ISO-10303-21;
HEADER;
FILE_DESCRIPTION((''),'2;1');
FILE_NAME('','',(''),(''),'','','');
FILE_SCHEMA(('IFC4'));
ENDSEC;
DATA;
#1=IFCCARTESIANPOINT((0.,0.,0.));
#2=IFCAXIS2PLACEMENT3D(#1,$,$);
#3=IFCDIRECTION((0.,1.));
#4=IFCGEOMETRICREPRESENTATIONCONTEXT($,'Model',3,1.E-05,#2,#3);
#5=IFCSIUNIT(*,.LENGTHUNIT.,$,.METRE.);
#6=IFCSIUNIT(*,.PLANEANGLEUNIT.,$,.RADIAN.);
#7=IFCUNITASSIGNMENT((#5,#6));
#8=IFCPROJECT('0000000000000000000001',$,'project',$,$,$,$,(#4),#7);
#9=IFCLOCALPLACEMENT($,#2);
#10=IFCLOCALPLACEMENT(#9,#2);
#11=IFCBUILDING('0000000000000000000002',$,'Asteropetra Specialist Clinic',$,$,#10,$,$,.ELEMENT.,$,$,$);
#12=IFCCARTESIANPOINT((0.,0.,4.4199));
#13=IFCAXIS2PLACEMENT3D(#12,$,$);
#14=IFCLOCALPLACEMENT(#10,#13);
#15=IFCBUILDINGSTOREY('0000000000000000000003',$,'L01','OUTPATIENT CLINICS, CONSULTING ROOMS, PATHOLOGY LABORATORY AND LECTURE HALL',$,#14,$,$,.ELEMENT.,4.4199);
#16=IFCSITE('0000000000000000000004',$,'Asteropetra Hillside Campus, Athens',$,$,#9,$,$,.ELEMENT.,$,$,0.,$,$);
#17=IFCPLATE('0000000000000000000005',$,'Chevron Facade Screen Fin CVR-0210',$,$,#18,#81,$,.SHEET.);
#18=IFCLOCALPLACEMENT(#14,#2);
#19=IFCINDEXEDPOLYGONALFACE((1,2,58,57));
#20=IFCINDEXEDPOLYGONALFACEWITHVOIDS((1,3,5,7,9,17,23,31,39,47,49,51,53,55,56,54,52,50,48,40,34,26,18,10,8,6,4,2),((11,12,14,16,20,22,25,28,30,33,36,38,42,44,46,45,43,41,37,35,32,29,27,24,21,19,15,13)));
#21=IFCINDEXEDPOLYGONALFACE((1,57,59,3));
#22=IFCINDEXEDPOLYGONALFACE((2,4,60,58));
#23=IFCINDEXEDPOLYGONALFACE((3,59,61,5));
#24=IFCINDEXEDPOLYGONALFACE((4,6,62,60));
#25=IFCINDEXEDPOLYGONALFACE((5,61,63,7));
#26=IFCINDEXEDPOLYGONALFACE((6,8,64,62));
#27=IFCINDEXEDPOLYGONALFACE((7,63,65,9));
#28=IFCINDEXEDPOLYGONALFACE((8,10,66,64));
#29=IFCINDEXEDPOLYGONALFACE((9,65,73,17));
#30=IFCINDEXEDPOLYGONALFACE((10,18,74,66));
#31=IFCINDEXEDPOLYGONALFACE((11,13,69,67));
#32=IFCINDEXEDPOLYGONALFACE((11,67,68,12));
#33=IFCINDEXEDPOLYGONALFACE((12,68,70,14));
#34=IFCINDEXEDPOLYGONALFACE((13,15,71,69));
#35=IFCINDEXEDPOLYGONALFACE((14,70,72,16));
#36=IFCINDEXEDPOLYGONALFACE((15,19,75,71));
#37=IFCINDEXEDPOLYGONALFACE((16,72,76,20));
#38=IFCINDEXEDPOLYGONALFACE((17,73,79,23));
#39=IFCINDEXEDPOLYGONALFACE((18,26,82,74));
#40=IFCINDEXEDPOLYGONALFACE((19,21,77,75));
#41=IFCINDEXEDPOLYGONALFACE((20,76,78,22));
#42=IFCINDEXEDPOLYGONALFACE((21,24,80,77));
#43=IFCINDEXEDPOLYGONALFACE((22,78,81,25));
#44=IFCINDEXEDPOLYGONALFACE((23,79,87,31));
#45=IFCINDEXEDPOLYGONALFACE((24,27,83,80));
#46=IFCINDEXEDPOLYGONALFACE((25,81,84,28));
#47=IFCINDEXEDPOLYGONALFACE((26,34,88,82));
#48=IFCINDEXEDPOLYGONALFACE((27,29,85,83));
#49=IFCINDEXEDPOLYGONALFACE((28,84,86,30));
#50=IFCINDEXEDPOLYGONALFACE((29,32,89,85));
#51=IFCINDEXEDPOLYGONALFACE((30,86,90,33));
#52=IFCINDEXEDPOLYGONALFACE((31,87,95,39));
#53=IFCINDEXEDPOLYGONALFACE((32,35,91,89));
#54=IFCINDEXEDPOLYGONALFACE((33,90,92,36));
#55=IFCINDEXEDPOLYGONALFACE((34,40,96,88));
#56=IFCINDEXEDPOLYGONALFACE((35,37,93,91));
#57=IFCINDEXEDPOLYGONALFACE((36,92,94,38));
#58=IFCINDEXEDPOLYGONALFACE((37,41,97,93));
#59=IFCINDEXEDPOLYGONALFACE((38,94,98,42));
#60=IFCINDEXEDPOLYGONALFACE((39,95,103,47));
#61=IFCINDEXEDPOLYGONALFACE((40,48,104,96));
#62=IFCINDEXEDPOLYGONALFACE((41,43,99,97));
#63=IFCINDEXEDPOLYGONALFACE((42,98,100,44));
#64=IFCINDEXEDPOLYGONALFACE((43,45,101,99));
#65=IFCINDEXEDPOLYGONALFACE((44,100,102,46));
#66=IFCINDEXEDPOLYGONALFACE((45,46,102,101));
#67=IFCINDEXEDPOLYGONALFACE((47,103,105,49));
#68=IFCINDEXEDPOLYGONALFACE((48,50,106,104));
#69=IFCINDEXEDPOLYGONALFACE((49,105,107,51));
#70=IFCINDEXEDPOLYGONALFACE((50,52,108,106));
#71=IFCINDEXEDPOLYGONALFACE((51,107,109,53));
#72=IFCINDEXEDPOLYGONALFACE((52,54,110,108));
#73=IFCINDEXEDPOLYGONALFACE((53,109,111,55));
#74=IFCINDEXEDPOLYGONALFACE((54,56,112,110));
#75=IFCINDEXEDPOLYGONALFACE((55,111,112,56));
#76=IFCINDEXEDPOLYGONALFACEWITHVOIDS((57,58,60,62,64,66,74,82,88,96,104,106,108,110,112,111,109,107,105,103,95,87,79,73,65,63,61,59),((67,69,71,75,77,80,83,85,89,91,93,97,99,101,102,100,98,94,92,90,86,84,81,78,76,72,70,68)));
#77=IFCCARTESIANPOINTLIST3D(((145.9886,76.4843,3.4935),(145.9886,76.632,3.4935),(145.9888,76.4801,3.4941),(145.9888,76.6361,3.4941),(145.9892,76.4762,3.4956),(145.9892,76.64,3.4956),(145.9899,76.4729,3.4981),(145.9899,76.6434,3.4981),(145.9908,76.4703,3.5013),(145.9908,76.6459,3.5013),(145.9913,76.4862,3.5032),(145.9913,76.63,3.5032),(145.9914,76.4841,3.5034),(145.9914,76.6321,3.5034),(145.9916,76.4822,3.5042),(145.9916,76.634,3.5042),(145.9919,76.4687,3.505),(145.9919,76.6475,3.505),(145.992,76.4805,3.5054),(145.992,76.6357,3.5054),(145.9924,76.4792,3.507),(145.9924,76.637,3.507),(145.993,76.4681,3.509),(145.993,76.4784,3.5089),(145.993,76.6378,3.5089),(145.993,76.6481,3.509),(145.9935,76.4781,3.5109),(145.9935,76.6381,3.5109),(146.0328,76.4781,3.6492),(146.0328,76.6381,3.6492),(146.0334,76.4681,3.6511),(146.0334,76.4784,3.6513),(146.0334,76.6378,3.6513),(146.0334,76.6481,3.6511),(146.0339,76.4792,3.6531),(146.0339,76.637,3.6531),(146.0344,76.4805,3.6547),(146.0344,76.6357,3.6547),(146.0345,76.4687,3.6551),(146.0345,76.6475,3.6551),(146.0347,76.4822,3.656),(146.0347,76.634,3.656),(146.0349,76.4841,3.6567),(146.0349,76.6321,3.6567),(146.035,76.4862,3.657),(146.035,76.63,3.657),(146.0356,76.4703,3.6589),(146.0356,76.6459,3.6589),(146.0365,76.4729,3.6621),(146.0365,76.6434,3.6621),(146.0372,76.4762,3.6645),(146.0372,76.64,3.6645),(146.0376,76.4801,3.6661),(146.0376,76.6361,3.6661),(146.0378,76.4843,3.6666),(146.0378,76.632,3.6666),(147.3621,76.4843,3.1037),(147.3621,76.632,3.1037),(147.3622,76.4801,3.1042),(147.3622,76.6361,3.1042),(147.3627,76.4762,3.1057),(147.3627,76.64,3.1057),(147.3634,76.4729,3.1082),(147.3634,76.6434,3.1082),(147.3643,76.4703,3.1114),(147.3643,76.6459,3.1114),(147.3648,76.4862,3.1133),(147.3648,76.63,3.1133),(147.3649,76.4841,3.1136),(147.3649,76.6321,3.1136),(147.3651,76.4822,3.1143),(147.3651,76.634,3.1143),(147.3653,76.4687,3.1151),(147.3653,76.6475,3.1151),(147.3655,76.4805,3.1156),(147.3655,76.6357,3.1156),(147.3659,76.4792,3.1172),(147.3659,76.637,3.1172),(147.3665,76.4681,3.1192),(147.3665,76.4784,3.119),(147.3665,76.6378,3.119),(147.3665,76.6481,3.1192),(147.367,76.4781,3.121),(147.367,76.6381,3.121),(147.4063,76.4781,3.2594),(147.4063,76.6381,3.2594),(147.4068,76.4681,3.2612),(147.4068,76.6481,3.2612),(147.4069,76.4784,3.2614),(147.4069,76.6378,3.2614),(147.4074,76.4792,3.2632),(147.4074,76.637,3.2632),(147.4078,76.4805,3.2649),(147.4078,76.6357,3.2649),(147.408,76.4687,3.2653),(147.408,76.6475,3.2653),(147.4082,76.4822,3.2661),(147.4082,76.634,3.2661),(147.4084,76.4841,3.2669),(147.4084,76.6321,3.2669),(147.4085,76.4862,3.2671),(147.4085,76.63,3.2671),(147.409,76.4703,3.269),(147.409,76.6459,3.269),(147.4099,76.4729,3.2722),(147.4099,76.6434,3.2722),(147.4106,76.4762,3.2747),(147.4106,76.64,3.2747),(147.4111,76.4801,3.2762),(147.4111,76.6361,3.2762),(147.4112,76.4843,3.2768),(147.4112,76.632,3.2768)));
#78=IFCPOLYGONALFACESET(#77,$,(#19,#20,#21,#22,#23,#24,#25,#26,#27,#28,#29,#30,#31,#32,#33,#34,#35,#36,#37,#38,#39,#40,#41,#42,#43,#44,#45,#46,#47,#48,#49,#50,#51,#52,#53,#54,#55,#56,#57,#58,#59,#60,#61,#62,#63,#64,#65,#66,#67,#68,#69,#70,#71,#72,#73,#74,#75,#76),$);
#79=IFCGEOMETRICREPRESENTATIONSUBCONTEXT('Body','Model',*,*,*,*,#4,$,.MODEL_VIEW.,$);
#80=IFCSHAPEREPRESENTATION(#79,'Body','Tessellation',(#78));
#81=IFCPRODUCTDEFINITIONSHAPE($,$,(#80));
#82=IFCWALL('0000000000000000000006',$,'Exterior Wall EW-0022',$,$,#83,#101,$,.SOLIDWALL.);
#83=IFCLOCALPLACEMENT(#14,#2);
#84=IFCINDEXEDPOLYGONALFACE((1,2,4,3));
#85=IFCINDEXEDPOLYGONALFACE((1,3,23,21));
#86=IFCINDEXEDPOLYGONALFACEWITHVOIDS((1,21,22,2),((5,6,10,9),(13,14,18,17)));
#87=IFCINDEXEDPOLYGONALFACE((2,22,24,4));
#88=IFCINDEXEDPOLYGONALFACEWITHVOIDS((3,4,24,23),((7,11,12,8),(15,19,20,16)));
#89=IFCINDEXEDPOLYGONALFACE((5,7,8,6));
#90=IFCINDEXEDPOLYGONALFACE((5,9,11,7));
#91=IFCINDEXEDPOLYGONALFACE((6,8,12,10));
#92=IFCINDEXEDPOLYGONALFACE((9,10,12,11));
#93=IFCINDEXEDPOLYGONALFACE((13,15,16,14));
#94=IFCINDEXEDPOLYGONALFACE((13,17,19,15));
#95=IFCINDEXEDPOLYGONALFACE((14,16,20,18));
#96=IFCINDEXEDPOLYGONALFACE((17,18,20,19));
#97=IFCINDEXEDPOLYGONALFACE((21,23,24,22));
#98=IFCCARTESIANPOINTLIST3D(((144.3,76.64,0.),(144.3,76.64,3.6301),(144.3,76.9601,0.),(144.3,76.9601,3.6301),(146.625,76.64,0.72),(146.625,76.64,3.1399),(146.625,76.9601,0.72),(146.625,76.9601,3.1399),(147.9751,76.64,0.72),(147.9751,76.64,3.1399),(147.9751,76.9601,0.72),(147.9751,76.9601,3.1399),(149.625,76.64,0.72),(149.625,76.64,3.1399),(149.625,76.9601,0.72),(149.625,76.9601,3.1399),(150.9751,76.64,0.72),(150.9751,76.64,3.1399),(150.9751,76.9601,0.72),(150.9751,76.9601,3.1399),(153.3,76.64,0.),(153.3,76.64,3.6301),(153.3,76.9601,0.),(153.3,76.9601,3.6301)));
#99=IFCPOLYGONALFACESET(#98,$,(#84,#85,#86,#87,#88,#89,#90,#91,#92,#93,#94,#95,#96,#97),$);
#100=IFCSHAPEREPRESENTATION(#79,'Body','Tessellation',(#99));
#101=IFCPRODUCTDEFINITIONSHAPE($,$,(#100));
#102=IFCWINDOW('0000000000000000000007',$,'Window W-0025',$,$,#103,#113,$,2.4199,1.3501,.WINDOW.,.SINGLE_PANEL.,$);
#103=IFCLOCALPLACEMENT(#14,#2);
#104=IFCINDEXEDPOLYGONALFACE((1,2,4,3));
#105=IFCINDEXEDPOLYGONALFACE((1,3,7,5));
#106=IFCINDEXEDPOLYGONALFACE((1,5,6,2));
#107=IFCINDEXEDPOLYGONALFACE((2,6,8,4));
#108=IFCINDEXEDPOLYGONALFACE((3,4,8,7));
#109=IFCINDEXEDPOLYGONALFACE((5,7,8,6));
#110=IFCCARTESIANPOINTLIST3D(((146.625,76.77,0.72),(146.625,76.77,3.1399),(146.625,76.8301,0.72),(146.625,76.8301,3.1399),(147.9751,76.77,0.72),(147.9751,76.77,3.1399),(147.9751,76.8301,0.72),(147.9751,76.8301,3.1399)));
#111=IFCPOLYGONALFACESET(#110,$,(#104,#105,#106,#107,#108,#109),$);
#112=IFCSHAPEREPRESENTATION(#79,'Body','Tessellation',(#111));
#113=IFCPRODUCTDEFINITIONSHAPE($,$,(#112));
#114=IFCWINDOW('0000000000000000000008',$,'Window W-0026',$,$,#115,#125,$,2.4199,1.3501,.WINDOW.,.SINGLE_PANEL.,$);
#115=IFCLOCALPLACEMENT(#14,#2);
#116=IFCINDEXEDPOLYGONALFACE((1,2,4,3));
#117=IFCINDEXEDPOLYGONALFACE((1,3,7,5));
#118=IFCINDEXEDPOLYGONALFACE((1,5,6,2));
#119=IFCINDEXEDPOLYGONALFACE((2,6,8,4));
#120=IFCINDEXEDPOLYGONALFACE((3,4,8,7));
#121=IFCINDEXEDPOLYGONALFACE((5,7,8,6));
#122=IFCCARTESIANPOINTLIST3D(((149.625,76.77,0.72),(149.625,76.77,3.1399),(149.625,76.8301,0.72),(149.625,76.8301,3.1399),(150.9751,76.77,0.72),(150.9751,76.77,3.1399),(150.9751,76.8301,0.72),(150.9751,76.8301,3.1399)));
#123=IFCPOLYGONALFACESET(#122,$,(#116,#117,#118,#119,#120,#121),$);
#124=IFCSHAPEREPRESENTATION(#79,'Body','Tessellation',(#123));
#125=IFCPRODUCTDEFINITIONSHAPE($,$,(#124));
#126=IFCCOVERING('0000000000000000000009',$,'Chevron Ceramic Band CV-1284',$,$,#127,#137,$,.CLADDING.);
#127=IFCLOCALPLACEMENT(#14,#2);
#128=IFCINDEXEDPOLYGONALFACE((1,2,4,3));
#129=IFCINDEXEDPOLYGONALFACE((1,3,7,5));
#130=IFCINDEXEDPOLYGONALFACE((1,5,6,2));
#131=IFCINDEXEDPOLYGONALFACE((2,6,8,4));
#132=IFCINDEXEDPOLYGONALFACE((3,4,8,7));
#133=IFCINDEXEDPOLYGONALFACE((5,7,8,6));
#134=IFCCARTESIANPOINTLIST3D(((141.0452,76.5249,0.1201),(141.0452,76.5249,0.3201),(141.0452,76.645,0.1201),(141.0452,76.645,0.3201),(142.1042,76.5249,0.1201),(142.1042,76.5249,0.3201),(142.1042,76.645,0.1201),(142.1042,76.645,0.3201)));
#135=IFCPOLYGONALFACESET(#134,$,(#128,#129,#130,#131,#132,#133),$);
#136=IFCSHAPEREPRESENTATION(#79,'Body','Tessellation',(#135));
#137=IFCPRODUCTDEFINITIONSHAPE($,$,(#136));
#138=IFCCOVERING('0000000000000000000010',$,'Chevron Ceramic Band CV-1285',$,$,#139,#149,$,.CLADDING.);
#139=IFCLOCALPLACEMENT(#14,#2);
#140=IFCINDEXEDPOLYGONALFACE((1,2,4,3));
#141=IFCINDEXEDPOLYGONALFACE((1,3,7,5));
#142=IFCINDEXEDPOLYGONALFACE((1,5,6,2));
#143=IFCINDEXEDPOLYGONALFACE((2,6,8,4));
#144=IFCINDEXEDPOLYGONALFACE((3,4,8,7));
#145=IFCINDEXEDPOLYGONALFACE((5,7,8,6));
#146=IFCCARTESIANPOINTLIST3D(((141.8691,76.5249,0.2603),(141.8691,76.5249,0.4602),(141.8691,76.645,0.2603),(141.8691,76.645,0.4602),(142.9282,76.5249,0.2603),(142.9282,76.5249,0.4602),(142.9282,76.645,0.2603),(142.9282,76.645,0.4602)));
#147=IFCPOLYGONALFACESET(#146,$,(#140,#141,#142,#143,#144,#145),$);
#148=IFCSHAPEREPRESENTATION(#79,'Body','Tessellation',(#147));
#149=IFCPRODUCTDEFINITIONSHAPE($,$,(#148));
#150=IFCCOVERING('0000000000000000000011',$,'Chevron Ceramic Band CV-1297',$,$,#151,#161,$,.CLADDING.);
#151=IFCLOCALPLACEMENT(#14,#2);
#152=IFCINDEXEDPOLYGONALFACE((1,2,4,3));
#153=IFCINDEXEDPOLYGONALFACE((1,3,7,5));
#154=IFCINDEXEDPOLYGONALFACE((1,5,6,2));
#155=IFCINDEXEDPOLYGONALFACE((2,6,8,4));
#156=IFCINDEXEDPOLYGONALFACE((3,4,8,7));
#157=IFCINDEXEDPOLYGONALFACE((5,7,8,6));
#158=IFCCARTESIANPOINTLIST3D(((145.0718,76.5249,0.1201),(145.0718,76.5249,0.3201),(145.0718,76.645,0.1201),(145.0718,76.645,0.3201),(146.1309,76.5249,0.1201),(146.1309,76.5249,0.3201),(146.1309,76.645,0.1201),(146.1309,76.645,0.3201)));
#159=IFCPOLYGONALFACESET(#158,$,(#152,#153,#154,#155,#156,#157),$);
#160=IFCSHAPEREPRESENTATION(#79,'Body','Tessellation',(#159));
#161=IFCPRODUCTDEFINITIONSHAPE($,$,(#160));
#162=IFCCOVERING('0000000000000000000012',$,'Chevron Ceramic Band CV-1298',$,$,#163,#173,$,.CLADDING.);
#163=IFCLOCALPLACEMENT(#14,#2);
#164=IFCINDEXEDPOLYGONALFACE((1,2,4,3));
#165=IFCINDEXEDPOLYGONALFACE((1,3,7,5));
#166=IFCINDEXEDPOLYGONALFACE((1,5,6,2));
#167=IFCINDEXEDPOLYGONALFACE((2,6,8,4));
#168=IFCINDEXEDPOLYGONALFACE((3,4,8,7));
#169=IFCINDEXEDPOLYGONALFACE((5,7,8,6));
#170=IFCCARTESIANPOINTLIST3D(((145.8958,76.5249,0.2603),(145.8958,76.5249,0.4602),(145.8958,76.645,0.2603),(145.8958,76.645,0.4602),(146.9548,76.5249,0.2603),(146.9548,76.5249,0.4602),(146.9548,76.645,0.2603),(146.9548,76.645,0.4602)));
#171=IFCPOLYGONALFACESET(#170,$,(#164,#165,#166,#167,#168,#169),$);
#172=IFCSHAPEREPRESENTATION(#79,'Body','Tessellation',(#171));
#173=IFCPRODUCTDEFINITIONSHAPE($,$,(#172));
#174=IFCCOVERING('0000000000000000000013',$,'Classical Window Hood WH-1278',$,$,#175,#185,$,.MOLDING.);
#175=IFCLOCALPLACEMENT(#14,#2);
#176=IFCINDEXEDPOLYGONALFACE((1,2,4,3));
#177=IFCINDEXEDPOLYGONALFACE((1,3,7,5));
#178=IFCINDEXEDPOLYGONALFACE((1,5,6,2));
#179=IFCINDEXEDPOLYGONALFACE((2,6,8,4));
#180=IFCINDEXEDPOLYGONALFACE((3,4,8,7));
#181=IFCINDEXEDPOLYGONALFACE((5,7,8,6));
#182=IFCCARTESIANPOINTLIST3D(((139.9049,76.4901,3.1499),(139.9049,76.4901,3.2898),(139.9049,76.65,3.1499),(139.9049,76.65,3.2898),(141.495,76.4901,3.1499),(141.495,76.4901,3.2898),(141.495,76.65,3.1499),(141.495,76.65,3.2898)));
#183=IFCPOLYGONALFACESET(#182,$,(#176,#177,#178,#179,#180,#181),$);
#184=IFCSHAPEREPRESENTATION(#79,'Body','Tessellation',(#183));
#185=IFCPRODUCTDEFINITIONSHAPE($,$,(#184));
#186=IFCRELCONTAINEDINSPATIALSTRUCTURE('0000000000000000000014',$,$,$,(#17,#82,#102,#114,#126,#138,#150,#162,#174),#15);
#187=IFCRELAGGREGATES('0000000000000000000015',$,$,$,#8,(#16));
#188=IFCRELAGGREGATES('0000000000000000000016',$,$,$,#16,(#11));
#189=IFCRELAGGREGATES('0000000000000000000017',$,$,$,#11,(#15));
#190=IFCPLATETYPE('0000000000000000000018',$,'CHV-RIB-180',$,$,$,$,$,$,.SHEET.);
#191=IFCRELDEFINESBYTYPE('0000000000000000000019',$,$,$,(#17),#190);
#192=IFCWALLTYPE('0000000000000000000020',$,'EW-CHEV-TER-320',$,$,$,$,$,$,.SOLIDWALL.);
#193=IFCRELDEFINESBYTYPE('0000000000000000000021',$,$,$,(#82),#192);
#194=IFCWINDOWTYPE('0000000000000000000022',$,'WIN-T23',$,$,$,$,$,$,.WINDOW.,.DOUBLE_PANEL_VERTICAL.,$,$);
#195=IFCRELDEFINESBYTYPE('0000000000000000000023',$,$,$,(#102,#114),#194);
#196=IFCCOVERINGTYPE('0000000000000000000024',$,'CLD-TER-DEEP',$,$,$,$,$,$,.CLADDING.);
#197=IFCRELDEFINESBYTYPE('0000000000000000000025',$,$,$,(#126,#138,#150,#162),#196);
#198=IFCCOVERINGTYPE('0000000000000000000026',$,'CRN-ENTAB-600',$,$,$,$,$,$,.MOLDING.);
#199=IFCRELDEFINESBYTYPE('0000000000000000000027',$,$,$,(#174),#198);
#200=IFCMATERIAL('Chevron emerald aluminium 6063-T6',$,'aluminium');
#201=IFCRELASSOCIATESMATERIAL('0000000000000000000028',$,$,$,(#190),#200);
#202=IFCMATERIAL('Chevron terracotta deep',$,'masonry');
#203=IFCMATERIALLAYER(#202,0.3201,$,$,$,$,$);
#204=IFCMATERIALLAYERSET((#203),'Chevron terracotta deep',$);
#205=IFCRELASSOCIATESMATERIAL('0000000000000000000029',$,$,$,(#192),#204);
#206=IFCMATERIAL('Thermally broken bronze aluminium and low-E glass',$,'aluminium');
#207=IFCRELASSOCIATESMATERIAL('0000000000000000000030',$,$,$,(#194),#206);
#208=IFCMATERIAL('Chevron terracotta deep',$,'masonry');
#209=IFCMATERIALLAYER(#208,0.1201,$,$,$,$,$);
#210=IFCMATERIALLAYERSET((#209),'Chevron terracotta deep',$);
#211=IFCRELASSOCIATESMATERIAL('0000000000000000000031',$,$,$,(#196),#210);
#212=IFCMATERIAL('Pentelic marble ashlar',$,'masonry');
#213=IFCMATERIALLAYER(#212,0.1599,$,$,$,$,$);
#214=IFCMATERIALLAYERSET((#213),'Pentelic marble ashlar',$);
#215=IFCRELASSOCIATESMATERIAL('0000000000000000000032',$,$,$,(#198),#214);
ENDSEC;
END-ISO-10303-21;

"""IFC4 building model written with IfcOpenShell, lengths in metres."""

from ifc_helpers import new_model, si_unit, direction, frame, frame_2d, origin, origin_2d, place, context, subcontext, project, spatial, rectangle, hollow_rectangle, extrude, material, layer, layer_set, material_profile, profile_set, type_object, element, fill, save


model = new_model("IFC4")

# Units and contexts
model_context = context("Model", 3, precision=1e-05, world=origin(), true_north=direction((0.0, 1.0)))
body_context = subcontext(model_context, "Body", "Model", "MODEL_VIEW")
ifc_project = project(units=[si_unit("LENGTHUNIT", "METRE"), si_unit("PLANEANGLEUNIT", "RADIAN")], contexts=[model_context])

# Site, building, storey
site_placement = place(None, origin())
site = spatial("IfcSite", under=ifc_project, at=site_placement, Name="Asteropetra Hillside Campus, Athens", CompositionType="ELEMENT", RefElevation=0.0)
building_placement = place(site_placement, origin())
building = spatial("IfcBuilding", under=site, at=building_placement, Name="Asteropetra Specialist Clinic", CompositionType="ELEMENT")
storey_placement = place(building_placement, frame((0.0, 0.0, 4.4199)))
storey = spatial("IfcBuildingStorey", under=building, at=storey_placement, Name="L01", Description="OUTPATIENT CLINICS, CONSULTING ROOMS, PATHOLOGY LABORATORY AND LECTURE HALL", CompositionType="ELEMENT", Elevation=4.4199)

# Plate
ifc_material_1 = material(Name="Chevron emerald aluminium 6063-T6", Category="aluminium")
ifc_material_profile_1 = material_profile(ifc_material_1, hollow_rectangle(XDim=0.1799, YDim=0.1799, WallThickness=0.01, InnerFilletRadius=0.0081, OuterFilletRadius=0.0161, at=origin_2d()), Name="SHS 180x180x10.0")
ifc_profile_set_1 = profile_set([ifc_material_profile_1], Name="Chevron emerald aluminium 6063-T6")
plate_type = type_object("IfcPlateType", Name="CHV-RIB-180", PredefinedType="SHEET", material=ifc_profile_set_1)
plate_1_placement = place(storey_placement, frame((146.0132, 76.5581, 3.5801), z_axis=(0.961994, 0.0, -0.273072), x_axis=(0.0, 1.0, 0.0)))
element("IfcPlate", 1, at=plate_1_placement, inside=storey, type_object=plate_type, Name="Chevron Facade Screen Fin CVR-0210", PredefinedType="SHEET", context=body_context, shape_type="SweptSolid", body=[
    extrude(hollow_rectangle(XDim=0.1799, YDim=0.1799, WallThickness=0.01, InnerFilletRadius=0.0081, OuterFilletRadius=0.0161, at=origin_2d()), origin(), (0.0, 0.0, 1.0), 1.4277),
])

# Wall, openings, windows
ifc_material_2 = material(Name="Chevron terracotta deep", Category="masonry")
ifc_layer_1 = layer(ifc_material_2, 0.3201)
ifc_layer_set_1 = layer_set([ifc_layer_1], Name="Chevron terracotta deep")
wall_type = type_object("IfcWallType", Name="EW-CHEV-TER-320", PredefinedType="SOLIDWALL", material=ifc_layer_set_1)
wall_placement = place(storey_placement, frame((144.3, 76.8, 0.0), z_axis=(0.0, 0.0, 1.0), x_axis=(1.0, 0.0, 0.0)))
wall = element("IfcWall", 2, at=wall_placement, inside=storey, type_object=wall_type, Name="Exterior Wall EW-0022", PredefinedType="SOLIDWALL", context=body_context, shape_type="SweptSolid", body=[
    extrude(rectangle(XDim=9.0, YDim=0.3201, at=frame_2d((4.5, 0.0))), origin(), (0.0, 0.0, 1.0), 3.6301),
])
opening_1_placement = place(wall_placement, frame((2.325, 0.0, 0.72)))
opening_1 = element("IfcOpeningElement", 3, at=opening_1_placement, cuts=wall, PredefinedType="OPENING", context=body_context, shape_type="SweptSolid", body=[
    extrude(rectangle(XDim=1.3501, YDim=2.4199, at=frame_2d((0.675, 1.21))), frame((0.0, 0.1699, 0.0), z_axis=(0.0, -1.0, 0.0), x_axis=(1.0, 0.0, 0.0)), (0.0, 0.0, 1.0), 0.3401),
])
opening_2_placement = place(wall_placement, frame((5.325, 0.0, 0.72)))
opening_2 = element("IfcOpeningElement", 4, at=opening_2_placement, cuts=wall, PredefinedType="OPENING", context=body_context, shape_type="SweptSolid", body=[
    extrude(rectangle(XDim=1.3501, YDim=2.4199, at=frame_2d((0.675, 1.21))), frame((0.0, 0.1699, 0.0), z_axis=(0.0, -1.0, 0.0), x_axis=(1.0, 0.0, 0.0)), (0.0, 0.0, 1.0), 0.3401),
])
ifc_material_3 = material(Name="Thermally broken bronze aluminium and low-E glass", Category="aluminium")
window_type = type_object("IfcWindowType", Name="WIN-T23", PartitioningType="DOUBLE_PANEL_VERTICAL", PredefinedType="WINDOW", material=ifc_material_3)
window_1_placement = place(opening_1_placement, origin())
window_1 = element("IfcWindow", 5, at=window_1_placement, inside=storey, type_object=window_type, Name="Window W-0025", OverallHeight=2.4199, OverallWidth=1.3501, PartitioningType="SINGLE_PANEL", PredefinedType="WINDOW", context=body_context, shape_type="SweptSolid", body=[
    extrude(rectangle(XDim=1.3501, YDim=2.4199, at=frame_2d((0.675, 1.21))), frame((0.0, 0.03, 0.0), z_axis=(0.0, -1.0, 0.0), x_axis=(1.0, 0.0, 0.0)), (0.0, 0.0, 1.0), 0.0601),
])
fill(opening_1, window_1)
window_2_placement = place(opening_2_placement, origin())
window_2 = element("IfcWindow", 6, at=window_2_placement, inside=storey, type_object=window_type, Name="Window W-0026", OverallHeight=2.4199, OverallWidth=1.3501, PartitioningType="SINGLE_PANEL", PredefinedType="WINDOW", context=body_context, shape_type="SweptSolid", body=[
    extrude(rectangle(XDim=1.3501, YDim=2.4199, at=frame_2d((0.675, 1.21))), frame((0.0, 0.03, 0.0), z_axis=(0.0, -1.0, 0.0), x_axis=(1.0, 0.0, 0.0)), (0.0, 0.0, 1.0), 0.0601),
])
fill(opening_2, window_2)

# Coverings
ifc_material_4 = material(Name="Chevron terracotta deep", Category="masonry")
ifc_layer_2 = layer(ifc_material_4, 0.1201)
ifc_layer_set_2 = layer_set([ifc_layer_2], Name="Chevron terracotta deep")
covering_type_1 = type_object("IfcCoveringType", Name="CLD-TER-DEEP", PredefinedType="CLADDING", material=ifc_layer_set_2)
for number, where, z_axis, x_axis, name in (
    (7, (141.5747, 76.585, 0.1201), (0.0, 0.0, 1.0), (1.0, 0.0, 0.0), "Chevron Ceramic Band CV-1284"),
    (8, (142.3987, 76.585, 0.2603), (0.0, 0.0, 1.0), (1.0, 0.0, 0.0), "Chevron Ceramic Band CV-1285"),
    (9, (145.6013, 76.585, 0.1201), (0.0, 0.0, 1.0), (1.0, 0.0, 0.0), "Chevron Ceramic Band CV-1297"),
    (10, (146.4253, 76.585, 0.2603), (0.0, 0.0, 1.0), (1.0, 0.0, 0.0), "Chevron Ceramic Band CV-1298"),
):
    element("IfcCovering", number, at=place(storey_placement, frame(where, z_axis=z_axis, x_axis=x_axis)), inside=storey, type_object=covering_type_1, Name=name, PredefinedType="CLADDING", context=body_context, shape_type="SweptSolid", body=[
        extrude(rectangle(XDim=1.0591, YDim=0.1201, at=origin_2d()), origin(), (0.0, 0.0, 1.0), 0.2),
    ])
ifc_material_5 = material(Name="Pentelic marble ashlar", Category="masonry")
ifc_layer_3 = layer(ifc_material_5, 0.1599)
ifc_layer_set_3 = layer_set([ifc_layer_3], Name="Pentelic marble ashlar")
covering_type_2 = type_object("IfcCoveringType", Name="CRN-ENTAB-600", PredefinedType="MOLDING", material=ifc_layer_set_3)
for number, where, z_axis, x_axis, name in (
    (11, (140.7, 76.5701, 3.1499), (0.0, 0.0, 1.0), (1.0, 0.0, 0.0), "Classical Window Hood WH-1278"),
):
    element("IfcCovering", number, at=place(storey_placement, frame(where, z_axis=z_axis, x_axis=x_axis)), inside=storey, type_object=covering_type_2, Name=name, PredefinedType="MOLDING", context=body_context, shape_type="SweptSolid", body=[
        extrude(rectangle(XDim=1.5901, YDim=0.1599, at=origin_2d()), origin(), (0.0, 0.0, 1.0), 0.1399),
    ])

save(model, "model.ifc")
